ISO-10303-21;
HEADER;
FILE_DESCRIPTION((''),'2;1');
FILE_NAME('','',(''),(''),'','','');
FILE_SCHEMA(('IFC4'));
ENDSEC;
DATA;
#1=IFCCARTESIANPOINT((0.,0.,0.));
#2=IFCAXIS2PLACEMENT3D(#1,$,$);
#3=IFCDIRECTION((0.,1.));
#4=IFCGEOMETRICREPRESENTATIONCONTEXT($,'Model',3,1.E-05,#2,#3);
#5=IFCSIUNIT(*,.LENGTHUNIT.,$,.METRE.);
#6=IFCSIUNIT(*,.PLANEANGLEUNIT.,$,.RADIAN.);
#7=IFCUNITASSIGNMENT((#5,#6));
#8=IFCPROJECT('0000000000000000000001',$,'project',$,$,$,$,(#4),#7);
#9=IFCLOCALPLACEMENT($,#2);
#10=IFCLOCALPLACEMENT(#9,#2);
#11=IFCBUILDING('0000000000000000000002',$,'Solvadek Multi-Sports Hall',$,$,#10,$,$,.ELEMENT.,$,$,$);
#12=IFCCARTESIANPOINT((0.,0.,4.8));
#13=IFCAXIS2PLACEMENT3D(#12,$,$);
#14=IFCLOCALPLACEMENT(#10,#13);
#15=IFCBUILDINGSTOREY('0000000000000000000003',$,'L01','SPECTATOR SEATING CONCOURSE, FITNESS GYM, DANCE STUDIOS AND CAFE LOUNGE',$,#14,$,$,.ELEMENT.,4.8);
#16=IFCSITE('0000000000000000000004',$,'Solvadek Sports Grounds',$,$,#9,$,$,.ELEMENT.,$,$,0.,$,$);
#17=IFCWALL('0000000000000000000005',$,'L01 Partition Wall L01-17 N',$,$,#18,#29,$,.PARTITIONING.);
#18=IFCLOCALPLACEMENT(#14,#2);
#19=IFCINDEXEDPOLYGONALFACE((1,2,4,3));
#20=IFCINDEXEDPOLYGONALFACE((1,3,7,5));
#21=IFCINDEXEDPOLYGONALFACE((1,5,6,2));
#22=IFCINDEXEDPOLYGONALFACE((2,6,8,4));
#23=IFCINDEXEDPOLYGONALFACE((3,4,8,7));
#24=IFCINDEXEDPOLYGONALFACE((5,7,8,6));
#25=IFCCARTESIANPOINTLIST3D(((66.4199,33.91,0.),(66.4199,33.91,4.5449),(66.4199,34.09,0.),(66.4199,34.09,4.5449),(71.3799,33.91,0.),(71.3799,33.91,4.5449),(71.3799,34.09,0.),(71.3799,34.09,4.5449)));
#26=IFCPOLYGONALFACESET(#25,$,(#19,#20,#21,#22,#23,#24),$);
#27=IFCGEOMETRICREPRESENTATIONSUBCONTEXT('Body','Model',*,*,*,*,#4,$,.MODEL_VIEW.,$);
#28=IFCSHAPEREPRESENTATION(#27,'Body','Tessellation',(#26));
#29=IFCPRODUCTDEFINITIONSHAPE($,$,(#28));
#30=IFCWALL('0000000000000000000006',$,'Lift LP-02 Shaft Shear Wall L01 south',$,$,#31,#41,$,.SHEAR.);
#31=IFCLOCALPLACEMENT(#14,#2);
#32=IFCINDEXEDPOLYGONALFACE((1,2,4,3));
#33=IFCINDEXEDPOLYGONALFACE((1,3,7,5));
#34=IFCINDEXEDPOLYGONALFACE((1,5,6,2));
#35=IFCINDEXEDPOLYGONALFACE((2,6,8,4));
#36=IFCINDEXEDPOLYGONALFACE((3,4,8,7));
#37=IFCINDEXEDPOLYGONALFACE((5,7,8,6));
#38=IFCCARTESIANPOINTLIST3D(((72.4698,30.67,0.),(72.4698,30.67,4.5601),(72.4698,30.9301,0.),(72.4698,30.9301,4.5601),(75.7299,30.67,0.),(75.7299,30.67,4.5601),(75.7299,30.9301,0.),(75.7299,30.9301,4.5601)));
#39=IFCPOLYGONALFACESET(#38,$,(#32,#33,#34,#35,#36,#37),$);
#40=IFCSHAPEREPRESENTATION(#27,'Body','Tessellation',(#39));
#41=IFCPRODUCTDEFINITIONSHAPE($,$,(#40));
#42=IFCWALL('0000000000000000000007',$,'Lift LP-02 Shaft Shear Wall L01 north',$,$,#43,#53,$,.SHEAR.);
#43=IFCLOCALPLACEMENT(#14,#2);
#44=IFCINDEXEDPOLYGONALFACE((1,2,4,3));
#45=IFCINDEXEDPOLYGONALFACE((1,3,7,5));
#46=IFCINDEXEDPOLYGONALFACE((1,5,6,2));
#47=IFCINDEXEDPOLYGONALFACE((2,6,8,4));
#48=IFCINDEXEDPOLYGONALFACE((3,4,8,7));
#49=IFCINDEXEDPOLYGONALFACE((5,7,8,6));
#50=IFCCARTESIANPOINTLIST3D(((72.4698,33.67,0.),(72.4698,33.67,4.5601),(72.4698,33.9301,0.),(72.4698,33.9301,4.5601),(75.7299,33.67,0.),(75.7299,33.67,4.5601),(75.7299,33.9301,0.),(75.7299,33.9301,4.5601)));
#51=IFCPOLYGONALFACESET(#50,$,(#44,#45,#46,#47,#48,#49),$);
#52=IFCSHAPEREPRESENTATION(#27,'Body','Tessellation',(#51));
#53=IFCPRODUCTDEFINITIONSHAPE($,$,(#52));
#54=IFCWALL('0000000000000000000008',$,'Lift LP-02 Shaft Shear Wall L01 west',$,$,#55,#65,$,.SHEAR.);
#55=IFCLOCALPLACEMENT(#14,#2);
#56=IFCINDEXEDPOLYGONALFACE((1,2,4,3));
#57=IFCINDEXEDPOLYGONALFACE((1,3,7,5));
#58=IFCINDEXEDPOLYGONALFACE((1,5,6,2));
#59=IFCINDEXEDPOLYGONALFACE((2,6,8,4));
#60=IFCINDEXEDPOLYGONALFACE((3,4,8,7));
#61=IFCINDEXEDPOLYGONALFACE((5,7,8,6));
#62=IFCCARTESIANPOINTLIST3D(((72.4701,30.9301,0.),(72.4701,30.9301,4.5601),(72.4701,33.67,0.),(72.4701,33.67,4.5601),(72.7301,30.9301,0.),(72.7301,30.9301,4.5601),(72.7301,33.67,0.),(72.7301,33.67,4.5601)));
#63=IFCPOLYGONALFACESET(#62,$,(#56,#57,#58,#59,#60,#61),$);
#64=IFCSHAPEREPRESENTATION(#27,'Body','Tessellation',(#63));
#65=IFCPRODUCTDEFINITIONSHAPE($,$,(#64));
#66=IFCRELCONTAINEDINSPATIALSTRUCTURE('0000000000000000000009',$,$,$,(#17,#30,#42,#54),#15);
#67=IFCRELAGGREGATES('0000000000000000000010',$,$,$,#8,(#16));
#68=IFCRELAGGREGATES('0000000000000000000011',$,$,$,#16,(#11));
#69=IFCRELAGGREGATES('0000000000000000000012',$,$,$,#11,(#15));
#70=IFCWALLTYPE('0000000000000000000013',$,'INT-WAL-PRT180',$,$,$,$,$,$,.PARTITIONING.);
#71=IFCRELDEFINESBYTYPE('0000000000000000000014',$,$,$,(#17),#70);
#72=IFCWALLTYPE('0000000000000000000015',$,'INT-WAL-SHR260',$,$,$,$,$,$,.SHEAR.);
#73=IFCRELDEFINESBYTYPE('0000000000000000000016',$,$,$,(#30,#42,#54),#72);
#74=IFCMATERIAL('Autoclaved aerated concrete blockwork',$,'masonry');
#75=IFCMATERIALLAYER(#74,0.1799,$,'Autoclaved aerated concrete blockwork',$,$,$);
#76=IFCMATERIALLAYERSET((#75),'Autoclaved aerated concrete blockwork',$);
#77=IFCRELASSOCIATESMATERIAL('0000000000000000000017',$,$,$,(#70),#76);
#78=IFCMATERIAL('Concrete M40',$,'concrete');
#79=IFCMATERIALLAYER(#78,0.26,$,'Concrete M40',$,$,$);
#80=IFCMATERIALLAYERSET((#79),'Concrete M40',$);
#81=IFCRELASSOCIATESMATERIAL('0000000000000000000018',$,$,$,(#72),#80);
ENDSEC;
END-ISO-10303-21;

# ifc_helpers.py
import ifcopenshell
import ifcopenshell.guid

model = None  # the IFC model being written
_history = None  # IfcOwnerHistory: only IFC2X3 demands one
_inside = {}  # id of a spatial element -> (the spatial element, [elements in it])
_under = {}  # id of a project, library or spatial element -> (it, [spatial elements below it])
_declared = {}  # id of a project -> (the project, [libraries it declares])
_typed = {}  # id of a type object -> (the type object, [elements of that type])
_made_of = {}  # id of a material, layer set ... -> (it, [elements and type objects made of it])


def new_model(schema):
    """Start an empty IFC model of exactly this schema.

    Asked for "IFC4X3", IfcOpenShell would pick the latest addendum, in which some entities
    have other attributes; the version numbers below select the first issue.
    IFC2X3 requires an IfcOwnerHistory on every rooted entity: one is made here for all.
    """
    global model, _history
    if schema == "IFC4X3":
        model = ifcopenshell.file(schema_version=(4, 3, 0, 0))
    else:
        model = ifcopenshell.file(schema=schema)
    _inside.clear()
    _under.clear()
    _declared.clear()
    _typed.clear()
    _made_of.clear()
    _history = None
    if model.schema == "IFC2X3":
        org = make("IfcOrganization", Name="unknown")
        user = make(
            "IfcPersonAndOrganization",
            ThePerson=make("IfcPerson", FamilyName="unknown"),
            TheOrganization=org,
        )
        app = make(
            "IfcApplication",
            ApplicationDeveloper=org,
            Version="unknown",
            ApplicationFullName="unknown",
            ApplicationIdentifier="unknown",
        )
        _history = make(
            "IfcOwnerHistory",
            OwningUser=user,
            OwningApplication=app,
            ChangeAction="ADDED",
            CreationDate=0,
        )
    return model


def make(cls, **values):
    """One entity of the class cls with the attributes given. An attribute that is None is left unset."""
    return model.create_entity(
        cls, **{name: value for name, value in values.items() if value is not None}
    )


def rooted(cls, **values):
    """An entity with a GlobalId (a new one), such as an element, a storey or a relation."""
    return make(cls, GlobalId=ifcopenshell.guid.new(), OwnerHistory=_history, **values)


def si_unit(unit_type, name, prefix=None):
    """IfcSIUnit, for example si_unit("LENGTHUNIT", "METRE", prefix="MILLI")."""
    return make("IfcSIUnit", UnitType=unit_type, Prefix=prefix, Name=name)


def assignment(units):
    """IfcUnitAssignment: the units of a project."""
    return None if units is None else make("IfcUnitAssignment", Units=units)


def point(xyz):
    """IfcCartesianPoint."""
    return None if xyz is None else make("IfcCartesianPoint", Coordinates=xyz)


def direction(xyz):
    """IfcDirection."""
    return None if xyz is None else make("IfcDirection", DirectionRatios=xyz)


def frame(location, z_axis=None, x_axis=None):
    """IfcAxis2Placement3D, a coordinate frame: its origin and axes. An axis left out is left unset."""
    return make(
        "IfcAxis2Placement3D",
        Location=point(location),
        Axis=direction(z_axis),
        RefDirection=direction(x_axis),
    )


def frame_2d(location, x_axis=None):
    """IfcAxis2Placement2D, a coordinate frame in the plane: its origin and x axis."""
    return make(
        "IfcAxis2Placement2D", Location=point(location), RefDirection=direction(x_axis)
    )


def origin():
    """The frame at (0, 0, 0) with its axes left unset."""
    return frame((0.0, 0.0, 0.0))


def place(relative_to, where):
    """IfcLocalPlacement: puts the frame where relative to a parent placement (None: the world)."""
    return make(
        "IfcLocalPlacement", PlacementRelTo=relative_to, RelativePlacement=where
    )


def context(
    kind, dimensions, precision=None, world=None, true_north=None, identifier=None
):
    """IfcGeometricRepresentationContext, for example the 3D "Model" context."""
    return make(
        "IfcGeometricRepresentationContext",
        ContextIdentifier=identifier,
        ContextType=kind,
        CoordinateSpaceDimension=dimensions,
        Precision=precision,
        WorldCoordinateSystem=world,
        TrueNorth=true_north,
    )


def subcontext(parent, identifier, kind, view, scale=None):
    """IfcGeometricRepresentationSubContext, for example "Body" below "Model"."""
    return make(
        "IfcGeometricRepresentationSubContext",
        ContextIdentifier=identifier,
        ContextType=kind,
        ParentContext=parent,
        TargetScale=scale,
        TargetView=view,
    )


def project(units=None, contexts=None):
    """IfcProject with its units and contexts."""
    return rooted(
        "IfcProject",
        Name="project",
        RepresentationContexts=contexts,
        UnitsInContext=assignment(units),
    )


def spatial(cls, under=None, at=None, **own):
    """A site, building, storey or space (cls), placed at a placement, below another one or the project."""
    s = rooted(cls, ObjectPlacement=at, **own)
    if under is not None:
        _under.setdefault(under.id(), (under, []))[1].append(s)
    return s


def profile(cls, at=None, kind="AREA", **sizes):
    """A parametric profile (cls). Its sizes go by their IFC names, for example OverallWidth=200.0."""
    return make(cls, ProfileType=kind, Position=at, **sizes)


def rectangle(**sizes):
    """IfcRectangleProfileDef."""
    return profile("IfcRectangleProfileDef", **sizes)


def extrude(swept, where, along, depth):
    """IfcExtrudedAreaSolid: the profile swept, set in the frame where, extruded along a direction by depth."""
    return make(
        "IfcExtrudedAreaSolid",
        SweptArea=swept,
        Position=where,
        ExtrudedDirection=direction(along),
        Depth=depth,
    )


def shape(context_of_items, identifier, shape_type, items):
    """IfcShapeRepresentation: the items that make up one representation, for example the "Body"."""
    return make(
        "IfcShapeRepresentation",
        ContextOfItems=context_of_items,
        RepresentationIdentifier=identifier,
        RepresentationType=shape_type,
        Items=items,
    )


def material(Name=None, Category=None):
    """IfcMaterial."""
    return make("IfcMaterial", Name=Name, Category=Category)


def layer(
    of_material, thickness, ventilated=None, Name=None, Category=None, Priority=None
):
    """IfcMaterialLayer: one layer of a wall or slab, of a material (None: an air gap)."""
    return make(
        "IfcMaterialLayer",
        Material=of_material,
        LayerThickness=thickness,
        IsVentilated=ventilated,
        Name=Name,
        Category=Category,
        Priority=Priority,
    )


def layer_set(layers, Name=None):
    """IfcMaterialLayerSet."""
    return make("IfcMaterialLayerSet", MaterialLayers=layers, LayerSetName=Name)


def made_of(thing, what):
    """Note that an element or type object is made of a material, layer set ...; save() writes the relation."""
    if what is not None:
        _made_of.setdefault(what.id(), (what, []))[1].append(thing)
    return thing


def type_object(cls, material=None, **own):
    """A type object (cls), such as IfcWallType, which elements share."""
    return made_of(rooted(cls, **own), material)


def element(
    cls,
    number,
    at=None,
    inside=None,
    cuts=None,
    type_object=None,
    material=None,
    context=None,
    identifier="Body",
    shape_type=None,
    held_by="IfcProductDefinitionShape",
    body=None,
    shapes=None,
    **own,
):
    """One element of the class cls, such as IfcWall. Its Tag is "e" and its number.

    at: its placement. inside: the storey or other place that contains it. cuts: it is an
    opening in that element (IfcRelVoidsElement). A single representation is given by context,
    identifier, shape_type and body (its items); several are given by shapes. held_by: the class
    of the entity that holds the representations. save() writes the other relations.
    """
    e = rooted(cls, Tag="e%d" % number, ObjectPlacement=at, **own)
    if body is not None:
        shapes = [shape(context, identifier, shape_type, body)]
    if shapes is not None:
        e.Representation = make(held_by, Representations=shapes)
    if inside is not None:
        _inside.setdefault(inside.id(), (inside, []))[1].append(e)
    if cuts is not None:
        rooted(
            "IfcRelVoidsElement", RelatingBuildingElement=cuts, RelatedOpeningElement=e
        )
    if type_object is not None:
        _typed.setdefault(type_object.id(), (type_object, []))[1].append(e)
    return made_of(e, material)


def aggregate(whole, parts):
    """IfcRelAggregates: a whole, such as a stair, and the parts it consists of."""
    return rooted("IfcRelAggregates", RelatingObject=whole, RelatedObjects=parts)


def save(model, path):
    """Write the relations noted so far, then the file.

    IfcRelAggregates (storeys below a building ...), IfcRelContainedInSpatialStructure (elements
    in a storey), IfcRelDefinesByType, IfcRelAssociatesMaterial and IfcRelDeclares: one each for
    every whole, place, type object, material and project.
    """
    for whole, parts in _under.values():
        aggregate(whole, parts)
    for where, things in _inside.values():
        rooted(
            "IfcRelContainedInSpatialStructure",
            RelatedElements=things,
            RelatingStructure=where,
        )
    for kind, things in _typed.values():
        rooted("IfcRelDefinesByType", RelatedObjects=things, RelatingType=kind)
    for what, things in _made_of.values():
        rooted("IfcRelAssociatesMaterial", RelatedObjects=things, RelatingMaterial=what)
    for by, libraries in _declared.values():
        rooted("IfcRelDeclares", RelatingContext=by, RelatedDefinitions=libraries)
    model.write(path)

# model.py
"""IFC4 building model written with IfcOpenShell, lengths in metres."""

from ifc_helpers import new_model, si_unit, direction, frame, frame_2d, origin, place, context, subcontext, project, spatial, rectangle, extrude, material, layer, layer_set, type_object, element, save


model = new_model("IFC4")

# Units and contexts
model_context = context("Model", 3, precision=1e-05, world=origin(), true_north=direction((0.0, 1.0)))
body_context = subcontext(model_context, "Body", "Model", "MODEL_VIEW")
ifc_project = project(units=[si_unit("LENGTHUNIT", "METRE"), si_unit("PLANEANGLEUNIT", "RADIAN")], contexts=[model_context])

# Site, building, storey
site_placement = place(None, origin())
site = spatial("IfcSite", under=ifc_project, at=site_placement, Name="Solvadek Sports Grounds", CompositionType="ELEMENT", RefElevation=0.0)
building_placement = place(site_placement, origin())
building = spatial("IfcBuilding", under=site, at=building_placement, Name="Solvadek Multi-Sports Hall", CompositionType="ELEMENT")
storey_placement = place(building_placement, frame((0.0, 0.0, 4.8)))
storey = spatial("IfcBuildingStorey", under=building, at=storey_placement, Name="L01", Description="SPECTATOR SEATING CONCOURSE, FITNESS GYM, DANCE STUDIOS AND CAFE LOUNGE", CompositionType="ELEMENT", Elevation=4.8)

# Walls
ifc_material_1 = material(Name="Autoclaved aerated concrete blockwork", Category="masonry")
ifc_layer_1 = layer(ifc_material_1, 0.1799, Name="Autoclaved aerated concrete blockwork")
ifc_layer_set_1 = layer_set([ifc_layer_1], Name="Autoclaved aerated concrete blockwork")
wall_type_1 = type_object("IfcWallType", Name="INT-WAL-PRT180", PredefinedType="PARTITIONING", material=ifc_layer_set_1)
wall_1_placement = place(storey_placement, frame((66.4199, 34.0, 0.0), z_axis=(0.0, 0.0, 1.0), x_axis=(1.0, 0.0, 0.0)))
element("IfcWall", 1, at=wall_1_placement, inside=storey, type_object=wall_type_1, Name="L01 Partition Wall L01-17 N", PredefinedType="PARTITIONING", context=body_context, shape_type="SweptSolid", body=[
    extrude(rectangle(XDim=4.96, YDim=0.1799, at=frame_2d((2.48, 0.0))), origin(), (0.0, 0.0, 1.0), 4.5449),
])
ifc_material_2 = material(Name="Concrete M40", Category="concrete")
ifc_layer_2 = layer(ifc_material_2, 0.26, Name="Concrete M40")
ifc_layer_set_2 = layer_set([ifc_layer_2], Name="Concrete M40")
wall_type_2 = type_object("IfcWallType", Name="INT-WAL-SHR260", PredefinedType="SHEAR", material=ifc_layer_set_2)
for number, where, z_axis, x_axis, name in (
    (2, (72.47, 30.8, 0.0), (0.0, 0.0, 1.0), (1.0, 0.0, 0.0), "Lift LP-02 Shaft Shear Wall L01 south"),
    (3, (72.47, 33.8, 0.0), (0.0, 0.0, 1.0), (1.0, 0.0, 0.0), "Lift LP-02 Shaft Shear Wall L01 north"),
):
    element("IfcWall", number, at=place(storey_placement, frame(where, z_axis=z_axis, x_axis=x_axis)), inside=storey, type_object=wall_type_2, Name=name, PredefinedType="SHEAR", context=body_context, shape_type="SweptSolid", body=[
        extrude(rectangle(XDim=3.26, YDim=0.26, at=frame_2d((1.6299, 0.0))), origin(), (0.0, 0.0, 1.0), 4.5601),
    ])
wall_2_placement = place(storey_placement, frame((72.6001, 30.9299, 0.0), z_axis=(0.0, 0.0, 1.0), x_axis=(0.0, 1.0, 0.0)))
element("IfcWall", 4, at=wall_2_placement, inside=storey, type_object=wall_type_2, Name="Lift LP-02 Shaft Shear Wall L01 west", PredefinedType="SHEAR", context=body_context, shape_type="SweptSolid", body=[
    extrude(rectangle(XDim=2.74, YDim=0.26, at=frame_2d((1.3701, 0.0))), origin(), (0.0, 0.0, 1.0), 4.5601),
])

save(model, "model.ifc")
